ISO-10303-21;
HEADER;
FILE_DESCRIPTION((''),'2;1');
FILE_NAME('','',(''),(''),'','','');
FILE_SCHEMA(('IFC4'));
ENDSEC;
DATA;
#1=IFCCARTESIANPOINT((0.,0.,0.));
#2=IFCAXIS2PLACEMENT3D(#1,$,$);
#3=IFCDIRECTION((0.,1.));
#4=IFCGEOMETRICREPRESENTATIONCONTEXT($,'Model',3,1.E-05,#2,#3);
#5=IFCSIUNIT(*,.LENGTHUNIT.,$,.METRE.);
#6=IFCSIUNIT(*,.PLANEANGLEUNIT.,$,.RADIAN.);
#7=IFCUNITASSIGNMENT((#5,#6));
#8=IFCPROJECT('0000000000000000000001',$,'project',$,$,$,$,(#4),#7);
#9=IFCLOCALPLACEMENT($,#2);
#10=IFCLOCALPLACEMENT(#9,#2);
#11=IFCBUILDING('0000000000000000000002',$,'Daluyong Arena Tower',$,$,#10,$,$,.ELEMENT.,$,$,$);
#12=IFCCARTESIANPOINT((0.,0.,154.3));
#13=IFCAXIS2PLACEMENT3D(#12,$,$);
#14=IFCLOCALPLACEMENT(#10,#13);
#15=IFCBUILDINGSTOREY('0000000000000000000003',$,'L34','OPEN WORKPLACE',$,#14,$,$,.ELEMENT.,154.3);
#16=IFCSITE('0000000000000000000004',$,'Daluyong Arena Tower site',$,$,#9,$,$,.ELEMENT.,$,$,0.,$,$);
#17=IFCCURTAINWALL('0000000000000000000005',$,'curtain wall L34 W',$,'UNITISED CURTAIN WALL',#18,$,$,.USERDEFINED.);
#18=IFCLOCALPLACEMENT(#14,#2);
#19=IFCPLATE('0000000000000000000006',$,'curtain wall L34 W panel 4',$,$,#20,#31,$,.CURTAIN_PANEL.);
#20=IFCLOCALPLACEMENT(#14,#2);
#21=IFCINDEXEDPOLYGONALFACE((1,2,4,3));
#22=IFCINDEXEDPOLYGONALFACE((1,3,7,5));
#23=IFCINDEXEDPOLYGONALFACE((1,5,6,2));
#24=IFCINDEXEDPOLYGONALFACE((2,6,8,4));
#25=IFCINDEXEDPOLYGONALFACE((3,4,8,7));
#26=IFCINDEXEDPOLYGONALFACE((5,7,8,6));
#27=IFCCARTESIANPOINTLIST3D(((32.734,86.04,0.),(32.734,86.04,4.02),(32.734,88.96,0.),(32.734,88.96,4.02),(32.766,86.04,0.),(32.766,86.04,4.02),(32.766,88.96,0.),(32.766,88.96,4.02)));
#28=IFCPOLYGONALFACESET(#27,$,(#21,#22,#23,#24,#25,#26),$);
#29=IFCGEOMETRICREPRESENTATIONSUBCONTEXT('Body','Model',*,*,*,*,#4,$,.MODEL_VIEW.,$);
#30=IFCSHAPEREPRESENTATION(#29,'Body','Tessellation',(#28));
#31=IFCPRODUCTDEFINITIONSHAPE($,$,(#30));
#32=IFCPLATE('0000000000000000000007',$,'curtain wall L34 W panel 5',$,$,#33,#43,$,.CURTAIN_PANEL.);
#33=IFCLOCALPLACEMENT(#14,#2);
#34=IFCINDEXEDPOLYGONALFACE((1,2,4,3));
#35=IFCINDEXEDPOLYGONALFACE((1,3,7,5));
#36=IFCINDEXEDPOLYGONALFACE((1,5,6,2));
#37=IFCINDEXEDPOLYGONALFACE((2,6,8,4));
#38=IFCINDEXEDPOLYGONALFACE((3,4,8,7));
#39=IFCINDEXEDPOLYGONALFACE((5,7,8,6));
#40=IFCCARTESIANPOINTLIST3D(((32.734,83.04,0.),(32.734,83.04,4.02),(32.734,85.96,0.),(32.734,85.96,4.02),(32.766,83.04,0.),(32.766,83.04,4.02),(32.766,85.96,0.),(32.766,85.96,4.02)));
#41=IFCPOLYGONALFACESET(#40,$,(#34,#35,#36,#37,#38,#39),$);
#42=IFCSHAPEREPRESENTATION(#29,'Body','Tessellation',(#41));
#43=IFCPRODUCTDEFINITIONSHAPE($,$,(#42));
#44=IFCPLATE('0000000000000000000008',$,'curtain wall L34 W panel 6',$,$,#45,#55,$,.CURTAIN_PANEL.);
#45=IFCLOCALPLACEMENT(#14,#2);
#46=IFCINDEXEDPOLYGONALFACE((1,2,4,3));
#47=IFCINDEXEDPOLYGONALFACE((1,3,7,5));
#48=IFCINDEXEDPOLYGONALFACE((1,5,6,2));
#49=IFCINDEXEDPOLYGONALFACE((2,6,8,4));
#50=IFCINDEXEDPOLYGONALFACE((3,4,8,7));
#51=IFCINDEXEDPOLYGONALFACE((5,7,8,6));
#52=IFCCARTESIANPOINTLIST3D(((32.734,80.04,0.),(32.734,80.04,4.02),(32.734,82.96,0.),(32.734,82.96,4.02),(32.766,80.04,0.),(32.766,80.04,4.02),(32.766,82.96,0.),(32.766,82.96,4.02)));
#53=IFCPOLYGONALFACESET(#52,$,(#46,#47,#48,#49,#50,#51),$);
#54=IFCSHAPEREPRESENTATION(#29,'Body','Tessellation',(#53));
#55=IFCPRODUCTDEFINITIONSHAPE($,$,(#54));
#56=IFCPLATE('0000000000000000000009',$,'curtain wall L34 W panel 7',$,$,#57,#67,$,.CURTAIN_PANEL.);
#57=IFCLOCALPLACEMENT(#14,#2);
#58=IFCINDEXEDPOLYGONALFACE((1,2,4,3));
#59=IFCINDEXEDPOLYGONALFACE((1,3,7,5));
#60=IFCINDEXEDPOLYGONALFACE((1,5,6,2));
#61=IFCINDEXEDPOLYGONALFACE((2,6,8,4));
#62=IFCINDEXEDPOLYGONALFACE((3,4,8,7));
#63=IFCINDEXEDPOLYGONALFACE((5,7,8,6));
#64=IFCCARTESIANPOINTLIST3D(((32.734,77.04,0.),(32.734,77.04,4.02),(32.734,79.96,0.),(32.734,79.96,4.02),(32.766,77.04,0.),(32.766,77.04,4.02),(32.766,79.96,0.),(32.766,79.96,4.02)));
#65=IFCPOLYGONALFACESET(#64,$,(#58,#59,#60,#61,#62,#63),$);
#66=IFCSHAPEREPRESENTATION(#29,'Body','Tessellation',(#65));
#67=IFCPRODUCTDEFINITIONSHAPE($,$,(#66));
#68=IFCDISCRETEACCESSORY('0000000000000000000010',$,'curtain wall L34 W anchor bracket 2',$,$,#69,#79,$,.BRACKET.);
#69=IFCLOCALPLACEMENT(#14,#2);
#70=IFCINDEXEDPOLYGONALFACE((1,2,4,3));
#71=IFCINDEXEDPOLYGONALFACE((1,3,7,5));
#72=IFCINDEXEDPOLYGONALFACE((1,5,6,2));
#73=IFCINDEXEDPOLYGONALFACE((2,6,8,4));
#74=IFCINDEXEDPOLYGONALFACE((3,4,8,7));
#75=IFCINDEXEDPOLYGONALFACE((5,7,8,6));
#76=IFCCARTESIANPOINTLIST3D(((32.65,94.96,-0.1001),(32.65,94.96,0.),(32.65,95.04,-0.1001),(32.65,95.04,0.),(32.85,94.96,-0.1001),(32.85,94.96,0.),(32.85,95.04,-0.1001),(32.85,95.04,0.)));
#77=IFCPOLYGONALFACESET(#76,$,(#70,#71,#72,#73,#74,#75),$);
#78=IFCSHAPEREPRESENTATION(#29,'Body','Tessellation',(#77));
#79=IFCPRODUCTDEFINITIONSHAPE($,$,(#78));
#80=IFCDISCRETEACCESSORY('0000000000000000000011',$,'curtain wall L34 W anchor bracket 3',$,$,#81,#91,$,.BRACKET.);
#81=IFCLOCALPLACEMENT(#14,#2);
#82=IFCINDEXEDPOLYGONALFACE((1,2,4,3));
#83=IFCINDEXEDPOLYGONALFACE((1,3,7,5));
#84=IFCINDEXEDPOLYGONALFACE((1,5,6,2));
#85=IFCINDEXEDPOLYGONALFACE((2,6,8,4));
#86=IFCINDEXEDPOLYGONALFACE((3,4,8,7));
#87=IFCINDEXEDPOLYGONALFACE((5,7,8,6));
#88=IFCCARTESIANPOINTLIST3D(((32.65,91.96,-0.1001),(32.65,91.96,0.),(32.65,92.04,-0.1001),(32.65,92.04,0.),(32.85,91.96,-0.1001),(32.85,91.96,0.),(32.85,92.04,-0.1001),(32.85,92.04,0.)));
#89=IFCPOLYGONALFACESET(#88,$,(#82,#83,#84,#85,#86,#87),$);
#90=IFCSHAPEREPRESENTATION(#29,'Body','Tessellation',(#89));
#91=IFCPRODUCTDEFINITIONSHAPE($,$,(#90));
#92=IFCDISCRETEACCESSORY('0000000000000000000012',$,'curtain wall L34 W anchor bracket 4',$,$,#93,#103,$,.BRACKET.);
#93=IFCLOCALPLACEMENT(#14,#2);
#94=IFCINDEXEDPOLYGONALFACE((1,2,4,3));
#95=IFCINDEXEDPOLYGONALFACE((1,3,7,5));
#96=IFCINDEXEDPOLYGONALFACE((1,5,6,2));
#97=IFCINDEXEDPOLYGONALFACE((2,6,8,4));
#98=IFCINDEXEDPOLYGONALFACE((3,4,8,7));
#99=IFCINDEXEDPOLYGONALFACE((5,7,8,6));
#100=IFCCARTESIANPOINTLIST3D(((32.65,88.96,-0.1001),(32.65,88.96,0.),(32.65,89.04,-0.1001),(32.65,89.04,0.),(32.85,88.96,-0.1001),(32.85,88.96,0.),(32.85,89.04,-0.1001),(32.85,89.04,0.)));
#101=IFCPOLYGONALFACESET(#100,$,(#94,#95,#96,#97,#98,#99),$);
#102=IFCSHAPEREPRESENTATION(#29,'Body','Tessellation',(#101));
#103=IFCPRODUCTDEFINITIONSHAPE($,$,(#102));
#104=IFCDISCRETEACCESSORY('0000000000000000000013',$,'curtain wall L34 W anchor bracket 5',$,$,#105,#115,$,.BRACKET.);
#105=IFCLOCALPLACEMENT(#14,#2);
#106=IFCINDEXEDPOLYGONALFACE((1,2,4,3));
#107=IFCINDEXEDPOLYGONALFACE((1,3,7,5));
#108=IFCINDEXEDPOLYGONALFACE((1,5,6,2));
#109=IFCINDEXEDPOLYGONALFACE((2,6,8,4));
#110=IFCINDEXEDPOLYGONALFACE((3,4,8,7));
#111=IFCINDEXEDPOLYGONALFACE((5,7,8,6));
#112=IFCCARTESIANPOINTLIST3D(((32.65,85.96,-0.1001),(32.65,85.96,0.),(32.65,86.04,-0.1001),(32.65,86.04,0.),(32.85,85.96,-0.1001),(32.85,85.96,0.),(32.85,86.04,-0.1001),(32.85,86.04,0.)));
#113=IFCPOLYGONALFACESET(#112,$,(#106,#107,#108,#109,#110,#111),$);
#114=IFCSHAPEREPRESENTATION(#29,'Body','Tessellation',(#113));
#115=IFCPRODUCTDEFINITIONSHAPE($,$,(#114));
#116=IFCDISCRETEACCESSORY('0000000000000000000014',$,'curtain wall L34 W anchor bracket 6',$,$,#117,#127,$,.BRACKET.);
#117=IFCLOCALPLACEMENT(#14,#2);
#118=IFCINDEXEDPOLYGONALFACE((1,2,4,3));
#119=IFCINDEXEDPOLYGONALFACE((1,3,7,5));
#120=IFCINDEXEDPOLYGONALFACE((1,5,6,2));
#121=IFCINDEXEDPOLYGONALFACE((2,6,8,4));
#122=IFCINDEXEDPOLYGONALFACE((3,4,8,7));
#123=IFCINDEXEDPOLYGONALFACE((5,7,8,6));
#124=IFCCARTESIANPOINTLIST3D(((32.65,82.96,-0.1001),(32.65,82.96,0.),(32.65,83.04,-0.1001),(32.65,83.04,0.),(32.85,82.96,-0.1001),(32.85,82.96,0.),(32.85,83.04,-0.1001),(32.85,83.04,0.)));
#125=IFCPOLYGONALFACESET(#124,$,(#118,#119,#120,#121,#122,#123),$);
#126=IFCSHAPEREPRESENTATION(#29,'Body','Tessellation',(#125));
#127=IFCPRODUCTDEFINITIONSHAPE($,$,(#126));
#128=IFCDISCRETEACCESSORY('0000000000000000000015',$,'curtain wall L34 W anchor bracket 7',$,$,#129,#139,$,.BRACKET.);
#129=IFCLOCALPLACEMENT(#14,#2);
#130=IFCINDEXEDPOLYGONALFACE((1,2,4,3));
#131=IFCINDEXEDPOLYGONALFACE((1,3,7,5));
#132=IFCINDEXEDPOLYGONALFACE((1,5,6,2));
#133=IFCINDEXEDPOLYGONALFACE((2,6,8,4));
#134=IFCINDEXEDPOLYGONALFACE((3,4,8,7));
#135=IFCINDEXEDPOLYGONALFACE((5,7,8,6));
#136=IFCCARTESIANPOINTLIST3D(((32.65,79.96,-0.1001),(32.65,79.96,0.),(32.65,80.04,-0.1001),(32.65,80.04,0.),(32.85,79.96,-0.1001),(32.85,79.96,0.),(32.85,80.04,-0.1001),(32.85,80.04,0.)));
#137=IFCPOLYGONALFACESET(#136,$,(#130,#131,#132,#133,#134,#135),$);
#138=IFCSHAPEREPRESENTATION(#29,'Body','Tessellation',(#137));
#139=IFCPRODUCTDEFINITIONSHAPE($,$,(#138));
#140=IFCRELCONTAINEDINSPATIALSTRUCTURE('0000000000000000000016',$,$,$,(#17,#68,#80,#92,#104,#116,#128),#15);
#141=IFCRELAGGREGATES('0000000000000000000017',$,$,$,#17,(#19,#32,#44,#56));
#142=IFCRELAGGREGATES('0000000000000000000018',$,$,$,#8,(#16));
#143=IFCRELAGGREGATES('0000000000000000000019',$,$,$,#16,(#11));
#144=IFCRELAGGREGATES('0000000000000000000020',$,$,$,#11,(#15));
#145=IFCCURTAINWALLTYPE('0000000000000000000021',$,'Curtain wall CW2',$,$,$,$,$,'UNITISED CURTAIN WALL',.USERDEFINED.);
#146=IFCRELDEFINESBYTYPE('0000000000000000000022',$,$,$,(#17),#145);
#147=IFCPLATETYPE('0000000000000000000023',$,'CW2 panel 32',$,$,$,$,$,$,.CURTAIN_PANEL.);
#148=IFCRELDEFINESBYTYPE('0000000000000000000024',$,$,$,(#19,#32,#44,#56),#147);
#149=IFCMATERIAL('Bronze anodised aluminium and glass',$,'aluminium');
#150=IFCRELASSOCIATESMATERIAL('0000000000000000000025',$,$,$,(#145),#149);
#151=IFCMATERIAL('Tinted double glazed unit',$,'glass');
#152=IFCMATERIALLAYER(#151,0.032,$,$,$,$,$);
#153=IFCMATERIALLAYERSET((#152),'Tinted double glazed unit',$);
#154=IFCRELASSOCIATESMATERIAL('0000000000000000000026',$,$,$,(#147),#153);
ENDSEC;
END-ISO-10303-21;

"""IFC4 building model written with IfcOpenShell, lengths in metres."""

from ifc_helpers import new_model, si_unit, direction, frame, origin, origin_2d, place, context, subcontext, project, spatial, rectangle, extrude, material, layer, layer_set, type_object, element, aggregate, save


model = new_model("IFC4")

# Units and contexts
model_context = context("Model", 3, precision=1e-05, world=origin(), true_north=direction((0.0, 1.0)))
body_context = subcontext(model_context, "Body", "Model", "MODEL_VIEW")
ifc_project = project(units=[si_unit("LENGTHUNIT", "METRE"), si_unit("PLANEANGLEUNIT", "RADIAN")], contexts=[model_context])

# Site, building, storey
site_placement = place(None, origin())
site = spatial("IfcSite", under=ifc_project, at=site_placement, Name="Daluyong Arena Tower site", CompositionType="ELEMENT", RefElevation=0.0)
building_placement = place(site_placement, origin())
building = spatial("IfcBuilding", under=site, at=building_placement, Name="Daluyong Arena Tower", CompositionType="ELEMENT")
storey_placement = place(building_placement, frame((0.0, 0.0, 154.3)))
storey = spatial("IfcBuildingStorey", under=building, at=storey_placement, Name="L34", Description="OPEN WORKPLACE", CompositionType="ELEMENT", Elevation=154.3)

# Curtain wall
ifc_material_1 = material(Name="Bronze anodised aluminium and glass", Category="aluminium")
curtain_wall_type = type_object("IfcCurtainWallType", Name="Curtain wall CW2", ElementType="UNITISED CURTAIN WALL", PredefinedType="USERDEFINED", material=ifc_material_1)
curtain_wall_placement = place(storey_placement, origin())
curtain_wall = element("IfcCurtainWall", 1, at=curtain_wall_placement, inside=storey, type_object=curtain_wall_type, Name="curtain wall L34 W", ObjectType="UNITISED CURTAIN WALL", PredefinedType="USERDEFINED")

# Plates
ifc_material_2 = material(Name="Tinted double glazed unit", Category="glass")
ifc_layer = layer(ifc_material_2, 0.032)
ifc_layer_set = layer_set([ifc_layer], Name="Tinted double glazed unit")
plate_type = type_object("IfcPlateType", Name="CW2 panel 32", PredefinedType="CURTAIN_PANEL", material=ifc_layer_set)
plate_1_placement = place(storey_placement, frame((32.75, 87.5, 0.0), z_axis=(0.0, 0.0, 1.0), x_axis=(0.0, -1.0, 0.0)))
plate_1 = element("IfcPlate", 2, at=plate_1_placement, type_object=plate_type, Name="curtain wall L34 W panel 4", PredefinedType="CURTAIN_PANEL", context=body_context, shape_type="SweptSolid", body=[
    extrude(rectangle(XDim=2.9199, YDim=0.032, at=origin_2d()), origin(), (0.0, 0.0, 1.0), 4.02),
])
plate_2_placement = place(storey_placement, frame((32.75, 84.5, 0.0), z_axis=(0.0, 0.0, 1.0), x_axis=(0.0, -1.0, 0.0)))
plate_2 = element("IfcPlate", 3, at=plate_2_placement, type_object=plate_type, Name="curtain wall L34 W panel 5", PredefinedType="CURTAIN_PANEL", context=body_context, shape_type="SweptSolid", body=[
    extrude(rectangle(XDim=2.9199, YDim=0.032, at=origin_2d()), origin(), (0.0, 0.0, 1.0), 4.02),
])
plate_3_placement = place(storey_placement, frame((32.75, 81.5, 0.0), z_axis=(0.0, 0.0, 1.0), x_axis=(0.0, -1.0, 0.0)))
plate_3 = element("IfcPlate", 4, at=plate_3_placement, type_object=plate_type, Name="curtain wall L34 W panel 6", PredefinedType="CURTAIN_PANEL", context=body_context, shape_type="SweptSolid", body=[
    extrude(rectangle(XDim=2.9199, YDim=0.032, at=origin_2d()), origin(), (0.0, 0.0, 1.0), 4.02),
])
plate_4_placement = place(storey_placement, frame((32.75, 78.5, 0.0), z_axis=(0.0, 0.0, 1.0), x_axis=(0.0, -1.0, 0.0)))
plate_4 = element("IfcPlate", 5, at=plate_4_placement, type_object=plate_type, Name="curtain wall L34 W panel 7", PredefinedType="CURTAIN_PANEL", context=body_context, shape_type="SweptSolid", body=[
    extrude(rectangle(XDim=2.9199, YDim=0.032, at=origin_2d()), origin(), (0.0, 0.0, 1.0), 4.02),
])
aggregate(curtain_wall, [plate_1, plate_2, plate_3, plate_4])

# Discrete accessories
for number, where, z_axis, x_axis, name in (
    (6, (32.75, 95.0, -0.1001), (0.0, 0.0, 1.0), (0.0, -1.0, 0.0), "curtain wall L34 W anchor bracket 2"),
    (7, (32.75, 92.0, -0.1001), (0.0, 0.0, 1.0), (0.0, -1.0, 0.0), "curtain wall L34 W anchor bracket 3"),
    (8, (32.75, 89.0, -0.1001), (0.0, 0.0, 1.0), (0.0, -1.0, 0.0), "curtain wall L34 W anchor bracket 4"),
    (9, (32.75, 86.0, -0.1001), (0.0, 0.0, 1.0), (0.0, -1.0, 0.0), "curtain wall L34 W anchor bracket 5"),
    (10, (32.75, 83.0, -0.1001), (0.0, 0.0, 1.0), (0.0, -1.0, 0.0), "curtain wall L34 W anchor bracket 6"),
    (11, (32.75, 80.0, -0.1001), (0.0, 0.0, 1.0), (0.0, -1.0, 0.0), "curtain wall L34 W anchor bracket 7"),
):
    element("IfcDiscreteAccessory", number, at=place(storey_placement, frame(where, z_axis=z_axis, x_axis=x_axis)), inside=storey, Name=name, PredefinedType="BRACKET", context=body_context, shape_type="SweptSolid", body=[
        extrude(rectangle(XDim=0.0801, YDim=0.2, at=origin_2d()), origin(), (0.0, 0.0, 1.0), 0.1001),
    ])

save(model, "model.ifc")
